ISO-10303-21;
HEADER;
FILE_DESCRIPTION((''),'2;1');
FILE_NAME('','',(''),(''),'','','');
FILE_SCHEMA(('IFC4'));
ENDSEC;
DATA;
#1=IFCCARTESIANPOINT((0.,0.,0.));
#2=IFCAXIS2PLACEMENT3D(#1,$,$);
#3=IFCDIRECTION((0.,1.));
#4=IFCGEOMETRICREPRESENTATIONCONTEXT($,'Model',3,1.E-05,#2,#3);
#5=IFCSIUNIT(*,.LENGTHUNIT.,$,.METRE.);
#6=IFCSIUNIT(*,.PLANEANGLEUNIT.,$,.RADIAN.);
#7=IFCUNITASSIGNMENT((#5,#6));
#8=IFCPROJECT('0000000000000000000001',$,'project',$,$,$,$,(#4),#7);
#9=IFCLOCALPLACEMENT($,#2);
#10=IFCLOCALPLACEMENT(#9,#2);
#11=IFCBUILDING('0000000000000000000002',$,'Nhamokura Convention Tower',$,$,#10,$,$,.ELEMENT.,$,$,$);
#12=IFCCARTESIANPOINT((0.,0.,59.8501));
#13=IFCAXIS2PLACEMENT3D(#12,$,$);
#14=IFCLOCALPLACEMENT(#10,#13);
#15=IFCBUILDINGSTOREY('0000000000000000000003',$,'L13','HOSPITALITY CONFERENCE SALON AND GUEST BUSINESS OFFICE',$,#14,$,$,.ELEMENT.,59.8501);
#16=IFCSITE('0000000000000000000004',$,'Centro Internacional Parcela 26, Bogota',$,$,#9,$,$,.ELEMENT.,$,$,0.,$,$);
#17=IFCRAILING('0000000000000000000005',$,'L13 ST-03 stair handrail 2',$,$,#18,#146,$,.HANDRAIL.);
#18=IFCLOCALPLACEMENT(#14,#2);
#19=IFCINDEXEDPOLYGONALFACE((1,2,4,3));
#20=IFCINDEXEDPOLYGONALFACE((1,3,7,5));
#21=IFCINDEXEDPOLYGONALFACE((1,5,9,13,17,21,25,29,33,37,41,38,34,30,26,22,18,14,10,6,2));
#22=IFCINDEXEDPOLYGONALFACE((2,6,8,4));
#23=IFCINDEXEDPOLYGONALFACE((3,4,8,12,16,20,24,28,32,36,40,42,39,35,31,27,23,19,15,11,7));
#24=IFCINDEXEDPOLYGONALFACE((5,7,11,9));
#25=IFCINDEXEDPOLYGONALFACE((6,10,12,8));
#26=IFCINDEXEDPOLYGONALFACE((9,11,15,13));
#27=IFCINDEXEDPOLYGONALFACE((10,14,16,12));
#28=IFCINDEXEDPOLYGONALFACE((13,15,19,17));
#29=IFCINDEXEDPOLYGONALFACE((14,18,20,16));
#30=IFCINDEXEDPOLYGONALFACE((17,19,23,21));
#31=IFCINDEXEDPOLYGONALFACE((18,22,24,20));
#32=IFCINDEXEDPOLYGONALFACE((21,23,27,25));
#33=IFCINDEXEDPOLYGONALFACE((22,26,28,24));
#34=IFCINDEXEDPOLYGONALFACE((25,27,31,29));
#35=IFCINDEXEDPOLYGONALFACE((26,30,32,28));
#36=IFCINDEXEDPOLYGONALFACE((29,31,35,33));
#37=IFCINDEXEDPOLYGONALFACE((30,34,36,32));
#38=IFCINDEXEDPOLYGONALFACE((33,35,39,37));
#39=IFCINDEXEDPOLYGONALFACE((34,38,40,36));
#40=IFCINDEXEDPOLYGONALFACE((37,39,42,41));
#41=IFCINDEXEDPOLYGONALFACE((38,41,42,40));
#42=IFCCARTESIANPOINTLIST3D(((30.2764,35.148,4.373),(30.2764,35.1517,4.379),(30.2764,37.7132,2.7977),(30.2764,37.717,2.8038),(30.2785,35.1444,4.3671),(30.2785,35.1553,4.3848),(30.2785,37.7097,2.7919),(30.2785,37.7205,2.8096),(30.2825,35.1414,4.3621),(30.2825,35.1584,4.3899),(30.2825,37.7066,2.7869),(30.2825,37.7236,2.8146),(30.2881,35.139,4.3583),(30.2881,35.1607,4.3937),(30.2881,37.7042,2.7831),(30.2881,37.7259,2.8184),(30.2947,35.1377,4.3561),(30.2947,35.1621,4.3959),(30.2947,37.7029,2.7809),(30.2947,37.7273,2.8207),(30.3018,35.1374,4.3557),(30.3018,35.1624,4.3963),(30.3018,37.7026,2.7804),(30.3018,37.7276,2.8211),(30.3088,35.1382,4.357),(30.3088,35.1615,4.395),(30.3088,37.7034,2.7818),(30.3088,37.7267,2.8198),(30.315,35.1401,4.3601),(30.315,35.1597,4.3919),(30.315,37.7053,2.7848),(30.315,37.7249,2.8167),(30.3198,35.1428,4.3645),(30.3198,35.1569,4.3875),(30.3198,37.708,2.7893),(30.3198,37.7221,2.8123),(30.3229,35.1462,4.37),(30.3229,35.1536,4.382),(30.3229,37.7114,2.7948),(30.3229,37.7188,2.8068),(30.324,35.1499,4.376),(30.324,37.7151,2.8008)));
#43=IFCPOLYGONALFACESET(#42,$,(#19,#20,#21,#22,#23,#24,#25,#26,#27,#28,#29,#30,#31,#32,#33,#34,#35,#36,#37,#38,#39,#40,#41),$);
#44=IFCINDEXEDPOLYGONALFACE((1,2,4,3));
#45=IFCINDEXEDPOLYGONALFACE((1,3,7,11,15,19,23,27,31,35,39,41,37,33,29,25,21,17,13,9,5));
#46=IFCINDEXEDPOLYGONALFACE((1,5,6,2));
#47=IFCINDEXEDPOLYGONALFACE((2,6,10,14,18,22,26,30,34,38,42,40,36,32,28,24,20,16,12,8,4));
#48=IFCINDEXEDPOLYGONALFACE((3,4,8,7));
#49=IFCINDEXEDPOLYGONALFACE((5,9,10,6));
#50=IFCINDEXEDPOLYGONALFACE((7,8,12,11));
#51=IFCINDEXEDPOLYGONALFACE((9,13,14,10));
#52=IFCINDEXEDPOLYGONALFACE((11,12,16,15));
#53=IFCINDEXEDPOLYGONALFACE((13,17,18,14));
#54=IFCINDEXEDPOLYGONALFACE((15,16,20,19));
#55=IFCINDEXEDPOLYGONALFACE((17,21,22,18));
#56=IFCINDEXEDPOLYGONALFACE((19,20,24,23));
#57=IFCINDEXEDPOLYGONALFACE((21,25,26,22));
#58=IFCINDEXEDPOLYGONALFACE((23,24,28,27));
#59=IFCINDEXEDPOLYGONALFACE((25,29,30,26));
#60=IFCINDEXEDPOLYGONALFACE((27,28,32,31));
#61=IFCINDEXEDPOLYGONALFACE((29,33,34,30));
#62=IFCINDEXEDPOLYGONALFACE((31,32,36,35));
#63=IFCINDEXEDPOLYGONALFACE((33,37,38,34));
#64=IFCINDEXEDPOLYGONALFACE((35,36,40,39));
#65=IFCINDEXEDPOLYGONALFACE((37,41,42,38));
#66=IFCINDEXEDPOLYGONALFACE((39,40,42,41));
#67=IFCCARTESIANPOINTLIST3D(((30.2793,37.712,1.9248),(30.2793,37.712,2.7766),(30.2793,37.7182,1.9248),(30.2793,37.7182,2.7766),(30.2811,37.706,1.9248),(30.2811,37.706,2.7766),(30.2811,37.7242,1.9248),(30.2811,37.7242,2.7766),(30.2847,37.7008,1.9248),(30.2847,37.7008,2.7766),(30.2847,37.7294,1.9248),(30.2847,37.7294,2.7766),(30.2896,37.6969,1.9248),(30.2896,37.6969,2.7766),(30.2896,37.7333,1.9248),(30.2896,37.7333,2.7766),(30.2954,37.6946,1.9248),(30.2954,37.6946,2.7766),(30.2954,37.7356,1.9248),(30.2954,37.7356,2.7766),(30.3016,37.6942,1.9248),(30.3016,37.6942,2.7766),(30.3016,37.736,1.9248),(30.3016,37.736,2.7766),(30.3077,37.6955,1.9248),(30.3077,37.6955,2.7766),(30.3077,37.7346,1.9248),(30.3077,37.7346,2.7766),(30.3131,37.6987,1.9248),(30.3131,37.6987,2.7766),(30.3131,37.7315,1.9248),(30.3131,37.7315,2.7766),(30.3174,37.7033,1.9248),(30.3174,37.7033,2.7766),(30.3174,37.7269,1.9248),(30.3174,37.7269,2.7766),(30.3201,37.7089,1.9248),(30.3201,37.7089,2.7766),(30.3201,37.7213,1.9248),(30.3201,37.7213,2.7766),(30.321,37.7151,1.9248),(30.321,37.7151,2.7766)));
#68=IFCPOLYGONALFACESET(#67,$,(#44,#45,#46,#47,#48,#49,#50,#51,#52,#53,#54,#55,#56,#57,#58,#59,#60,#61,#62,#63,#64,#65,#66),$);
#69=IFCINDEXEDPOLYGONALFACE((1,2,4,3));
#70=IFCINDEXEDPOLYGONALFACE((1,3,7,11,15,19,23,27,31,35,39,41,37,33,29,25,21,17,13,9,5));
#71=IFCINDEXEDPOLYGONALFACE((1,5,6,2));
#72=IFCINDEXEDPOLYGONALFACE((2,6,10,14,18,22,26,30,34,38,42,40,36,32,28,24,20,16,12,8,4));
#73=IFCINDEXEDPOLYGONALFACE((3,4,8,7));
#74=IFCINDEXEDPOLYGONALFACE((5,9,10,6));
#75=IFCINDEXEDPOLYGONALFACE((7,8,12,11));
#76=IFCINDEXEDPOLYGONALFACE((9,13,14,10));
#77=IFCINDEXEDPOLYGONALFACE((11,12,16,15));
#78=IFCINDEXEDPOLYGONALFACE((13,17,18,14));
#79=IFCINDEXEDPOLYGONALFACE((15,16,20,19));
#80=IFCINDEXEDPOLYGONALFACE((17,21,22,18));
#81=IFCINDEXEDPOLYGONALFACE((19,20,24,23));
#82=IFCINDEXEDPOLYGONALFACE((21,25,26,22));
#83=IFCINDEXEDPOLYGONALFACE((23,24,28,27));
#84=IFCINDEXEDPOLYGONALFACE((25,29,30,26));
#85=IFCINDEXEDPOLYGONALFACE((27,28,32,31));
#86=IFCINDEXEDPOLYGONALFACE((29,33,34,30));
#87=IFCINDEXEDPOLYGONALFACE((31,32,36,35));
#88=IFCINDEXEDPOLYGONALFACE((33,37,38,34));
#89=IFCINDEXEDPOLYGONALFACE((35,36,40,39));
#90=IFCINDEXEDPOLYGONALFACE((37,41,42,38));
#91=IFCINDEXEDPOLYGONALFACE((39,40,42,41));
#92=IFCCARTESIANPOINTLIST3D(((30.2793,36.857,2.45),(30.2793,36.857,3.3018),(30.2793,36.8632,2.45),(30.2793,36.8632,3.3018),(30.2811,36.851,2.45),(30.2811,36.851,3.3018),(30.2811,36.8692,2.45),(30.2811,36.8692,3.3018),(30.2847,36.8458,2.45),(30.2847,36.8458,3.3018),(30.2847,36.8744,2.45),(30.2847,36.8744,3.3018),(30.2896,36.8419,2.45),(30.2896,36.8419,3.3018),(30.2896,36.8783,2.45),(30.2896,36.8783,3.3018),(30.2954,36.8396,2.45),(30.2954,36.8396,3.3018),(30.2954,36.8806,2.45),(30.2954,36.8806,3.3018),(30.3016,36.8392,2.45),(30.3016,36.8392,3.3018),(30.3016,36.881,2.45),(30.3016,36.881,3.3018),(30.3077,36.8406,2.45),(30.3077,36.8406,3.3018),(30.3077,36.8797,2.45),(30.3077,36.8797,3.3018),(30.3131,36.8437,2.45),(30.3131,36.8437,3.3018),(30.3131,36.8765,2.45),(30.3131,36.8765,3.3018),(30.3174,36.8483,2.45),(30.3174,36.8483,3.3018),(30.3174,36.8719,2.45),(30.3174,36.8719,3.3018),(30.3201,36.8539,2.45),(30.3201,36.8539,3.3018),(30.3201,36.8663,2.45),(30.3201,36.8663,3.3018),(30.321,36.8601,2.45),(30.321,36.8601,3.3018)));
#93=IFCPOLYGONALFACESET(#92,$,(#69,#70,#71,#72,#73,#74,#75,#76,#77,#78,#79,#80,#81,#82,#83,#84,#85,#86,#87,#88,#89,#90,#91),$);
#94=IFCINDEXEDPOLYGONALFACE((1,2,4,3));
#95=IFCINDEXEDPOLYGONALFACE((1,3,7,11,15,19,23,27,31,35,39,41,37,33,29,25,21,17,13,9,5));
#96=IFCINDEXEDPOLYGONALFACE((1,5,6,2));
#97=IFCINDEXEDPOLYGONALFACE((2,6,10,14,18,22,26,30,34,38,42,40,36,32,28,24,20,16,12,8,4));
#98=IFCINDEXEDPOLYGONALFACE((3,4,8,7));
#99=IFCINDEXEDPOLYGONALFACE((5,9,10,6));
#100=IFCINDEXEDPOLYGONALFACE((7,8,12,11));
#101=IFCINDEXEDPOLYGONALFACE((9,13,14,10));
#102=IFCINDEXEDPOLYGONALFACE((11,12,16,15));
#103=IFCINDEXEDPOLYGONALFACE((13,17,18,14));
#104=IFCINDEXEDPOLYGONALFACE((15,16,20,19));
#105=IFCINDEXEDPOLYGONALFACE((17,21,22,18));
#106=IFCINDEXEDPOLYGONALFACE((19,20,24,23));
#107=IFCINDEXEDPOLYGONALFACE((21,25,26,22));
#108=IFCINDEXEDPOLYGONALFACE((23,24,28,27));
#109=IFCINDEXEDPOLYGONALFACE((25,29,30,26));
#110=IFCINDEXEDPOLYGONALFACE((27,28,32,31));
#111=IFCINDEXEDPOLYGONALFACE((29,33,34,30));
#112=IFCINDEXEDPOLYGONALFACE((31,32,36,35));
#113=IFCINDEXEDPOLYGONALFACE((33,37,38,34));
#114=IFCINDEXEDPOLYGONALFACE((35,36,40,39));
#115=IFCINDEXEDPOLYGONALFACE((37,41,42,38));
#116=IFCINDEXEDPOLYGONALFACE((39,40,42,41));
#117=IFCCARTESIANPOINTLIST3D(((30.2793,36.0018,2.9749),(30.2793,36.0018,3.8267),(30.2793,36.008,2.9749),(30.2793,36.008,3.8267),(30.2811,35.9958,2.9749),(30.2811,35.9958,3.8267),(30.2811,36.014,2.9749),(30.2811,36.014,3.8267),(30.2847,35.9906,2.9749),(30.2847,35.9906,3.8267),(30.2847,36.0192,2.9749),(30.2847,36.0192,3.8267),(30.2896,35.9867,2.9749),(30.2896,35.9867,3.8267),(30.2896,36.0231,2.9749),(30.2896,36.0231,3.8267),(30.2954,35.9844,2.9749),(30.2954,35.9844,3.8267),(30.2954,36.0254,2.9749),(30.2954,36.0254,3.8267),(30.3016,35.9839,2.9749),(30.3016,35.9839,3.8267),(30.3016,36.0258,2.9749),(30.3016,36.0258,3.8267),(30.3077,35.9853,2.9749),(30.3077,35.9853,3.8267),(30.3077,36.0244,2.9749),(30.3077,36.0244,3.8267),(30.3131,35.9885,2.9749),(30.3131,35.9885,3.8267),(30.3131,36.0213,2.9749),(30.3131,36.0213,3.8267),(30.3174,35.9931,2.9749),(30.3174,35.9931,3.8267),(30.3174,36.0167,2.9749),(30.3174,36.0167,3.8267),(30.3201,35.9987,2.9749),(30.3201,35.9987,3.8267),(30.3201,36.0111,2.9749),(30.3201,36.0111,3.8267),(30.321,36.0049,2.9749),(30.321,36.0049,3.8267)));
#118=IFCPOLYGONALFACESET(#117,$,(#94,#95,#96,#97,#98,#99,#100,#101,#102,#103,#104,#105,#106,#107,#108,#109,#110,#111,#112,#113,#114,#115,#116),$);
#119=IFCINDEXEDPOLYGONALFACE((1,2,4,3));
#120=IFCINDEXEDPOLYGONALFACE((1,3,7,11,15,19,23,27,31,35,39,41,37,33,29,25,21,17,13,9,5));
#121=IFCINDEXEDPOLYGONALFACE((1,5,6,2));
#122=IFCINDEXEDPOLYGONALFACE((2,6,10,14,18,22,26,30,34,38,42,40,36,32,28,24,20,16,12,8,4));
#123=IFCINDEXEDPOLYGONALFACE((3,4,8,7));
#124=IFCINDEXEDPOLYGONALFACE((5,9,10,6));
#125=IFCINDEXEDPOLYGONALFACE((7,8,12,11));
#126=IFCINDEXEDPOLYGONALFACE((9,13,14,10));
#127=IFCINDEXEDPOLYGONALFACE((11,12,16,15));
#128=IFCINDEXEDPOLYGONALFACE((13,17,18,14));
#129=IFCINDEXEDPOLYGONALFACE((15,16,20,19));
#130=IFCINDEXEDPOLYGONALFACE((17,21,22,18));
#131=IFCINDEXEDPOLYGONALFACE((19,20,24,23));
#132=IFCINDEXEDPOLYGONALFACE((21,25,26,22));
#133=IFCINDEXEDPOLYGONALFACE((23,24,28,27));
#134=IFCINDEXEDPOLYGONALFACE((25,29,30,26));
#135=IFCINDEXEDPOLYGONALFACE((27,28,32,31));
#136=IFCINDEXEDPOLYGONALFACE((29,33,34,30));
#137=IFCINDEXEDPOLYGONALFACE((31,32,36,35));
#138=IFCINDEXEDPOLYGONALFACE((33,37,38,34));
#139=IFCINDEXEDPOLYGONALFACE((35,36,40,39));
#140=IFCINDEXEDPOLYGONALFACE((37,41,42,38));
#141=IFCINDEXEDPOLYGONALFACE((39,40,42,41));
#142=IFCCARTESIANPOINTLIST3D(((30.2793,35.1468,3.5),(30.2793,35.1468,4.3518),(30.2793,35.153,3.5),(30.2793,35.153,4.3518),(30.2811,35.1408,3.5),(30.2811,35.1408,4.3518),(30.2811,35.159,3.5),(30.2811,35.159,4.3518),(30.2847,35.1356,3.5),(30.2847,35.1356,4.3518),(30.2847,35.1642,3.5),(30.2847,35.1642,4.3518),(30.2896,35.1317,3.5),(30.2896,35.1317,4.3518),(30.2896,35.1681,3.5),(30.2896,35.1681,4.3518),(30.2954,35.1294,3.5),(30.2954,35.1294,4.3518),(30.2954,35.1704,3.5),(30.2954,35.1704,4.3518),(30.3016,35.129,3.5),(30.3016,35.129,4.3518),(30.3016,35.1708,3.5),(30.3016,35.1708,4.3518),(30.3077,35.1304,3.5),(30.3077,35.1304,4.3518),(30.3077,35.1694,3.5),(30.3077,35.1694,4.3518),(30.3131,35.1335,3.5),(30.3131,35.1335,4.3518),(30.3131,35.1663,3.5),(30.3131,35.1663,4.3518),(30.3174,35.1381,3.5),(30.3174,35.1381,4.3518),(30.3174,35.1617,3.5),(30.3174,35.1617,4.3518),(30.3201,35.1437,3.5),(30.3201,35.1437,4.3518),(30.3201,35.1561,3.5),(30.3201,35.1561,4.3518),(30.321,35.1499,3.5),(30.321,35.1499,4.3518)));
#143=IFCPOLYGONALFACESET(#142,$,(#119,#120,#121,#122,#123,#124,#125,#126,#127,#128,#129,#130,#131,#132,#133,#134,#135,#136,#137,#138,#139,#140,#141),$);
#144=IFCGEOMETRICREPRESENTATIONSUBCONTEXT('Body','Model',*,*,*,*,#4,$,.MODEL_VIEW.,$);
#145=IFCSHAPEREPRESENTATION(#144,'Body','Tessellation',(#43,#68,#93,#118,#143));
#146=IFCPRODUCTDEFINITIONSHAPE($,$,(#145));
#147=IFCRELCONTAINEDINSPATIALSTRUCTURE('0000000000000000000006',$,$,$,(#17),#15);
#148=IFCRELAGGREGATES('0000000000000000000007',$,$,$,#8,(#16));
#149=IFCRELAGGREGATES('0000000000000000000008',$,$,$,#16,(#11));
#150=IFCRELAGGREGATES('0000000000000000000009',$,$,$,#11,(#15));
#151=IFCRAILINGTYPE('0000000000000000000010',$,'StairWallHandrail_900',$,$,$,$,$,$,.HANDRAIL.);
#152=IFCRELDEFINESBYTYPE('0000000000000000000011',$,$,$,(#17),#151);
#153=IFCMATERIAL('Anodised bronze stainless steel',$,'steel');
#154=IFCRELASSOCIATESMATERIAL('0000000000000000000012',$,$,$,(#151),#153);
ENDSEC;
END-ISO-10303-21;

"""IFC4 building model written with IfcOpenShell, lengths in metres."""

from ifc_helpers import new_model, si_unit, direction, frame, origin, origin_2d, place, context, subcontext, project, spatial, circle, extrude, material, type_object, element, save


model = new_model("IFC4")

# Units and contexts
model_context = context("Model", 3, precision=1e-05, world=origin(), true_north=direction((0.0, 1.0)))
body_context = subcontext(model_context, "Body", "Model", "MODEL_VIEW")
ifc_project = project(units=[si_unit("LENGTHUNIT", "METRE"), si_unit("PLANEANGLEUNIT", "RADIAN")], contexts=[model_context])

# Site, building, storey
site_placement = place(None, origin())
site = spatial("IfcSite", under=ifc_project, at=site_placement, Name="Centro Internacional Parcela 26, Bogota", CompositionType="ELEMENT", RefElevation=0.0)
building_placement = place(site_placement, origin())
building = spatial("IfcBuilding", under=site, at=building_placement, Name="Nhamokura Convention Tower", CompositionType="ELEMENT")
storey_placement = place(building_placement, frame((0.0, 0.0, 59.8501)))
storey = spatial("IfcBuildingStorey", under=building, at=storey_placement, Name="L13", Description="HOSPITALITY CONFERENCE SALON AND GUEST BUSINESS OFFICE", CompositionType="ELEMENT", Elevation=59.8501)

# Railing
ifc_material_1 = material(Name="Anodised bronze stainless steel", Category="steel")
railing_type_1 = type_object("IfcRailingType", Name="StairWallHandrail_900", PredefinedType="HANDRAIL", material=ifc_material_1)
railing_1_placement = place(storey_placement, frame((30.3, 37.7151, 1.9248)))
element("IfcRailing", 1, at=railing_1_placement, inside=storey, type_object=railing_type_1, Name="L13 ST-03 stair handrail 2", PredefinedType="HANDRAIL", context=body_context, shape_type="SweptSolid", body=[
    extrude(circle(Radius=0.0239, at=origin_2d()), frame((0.0, 0.0, 0.876), z_axis=(0.0, -0.852159, 0.523283), x_axis=(1.0, 0.0, 0.0)), (0.0, 0.0, 1.0), 3.0103),
    extrude(circle(Radius=0.021, at=origin_2d()), origin(), (0.0, 0.0, 1.0), 0.8518),
    extrude(circle(Radius=0.021, at=origin_2d()), frame((0.0, -0.855, 0.5251)), (0.0, 0.0, 1.0), 0.8518),
    extrude(circle(Radius=0.021, at=origin_2d()), frame((0.0, -1.7102, 1.05)), (0.0, 0.0, 1.0), 0.8518),
    extrude(circle(Radius=0.021, at=origin_2d()), frame((0.0, -2.5652, 1.5752)), (0.0, 0.0, 1.0), 0.8518),
])

save(model, "model.ifc")
